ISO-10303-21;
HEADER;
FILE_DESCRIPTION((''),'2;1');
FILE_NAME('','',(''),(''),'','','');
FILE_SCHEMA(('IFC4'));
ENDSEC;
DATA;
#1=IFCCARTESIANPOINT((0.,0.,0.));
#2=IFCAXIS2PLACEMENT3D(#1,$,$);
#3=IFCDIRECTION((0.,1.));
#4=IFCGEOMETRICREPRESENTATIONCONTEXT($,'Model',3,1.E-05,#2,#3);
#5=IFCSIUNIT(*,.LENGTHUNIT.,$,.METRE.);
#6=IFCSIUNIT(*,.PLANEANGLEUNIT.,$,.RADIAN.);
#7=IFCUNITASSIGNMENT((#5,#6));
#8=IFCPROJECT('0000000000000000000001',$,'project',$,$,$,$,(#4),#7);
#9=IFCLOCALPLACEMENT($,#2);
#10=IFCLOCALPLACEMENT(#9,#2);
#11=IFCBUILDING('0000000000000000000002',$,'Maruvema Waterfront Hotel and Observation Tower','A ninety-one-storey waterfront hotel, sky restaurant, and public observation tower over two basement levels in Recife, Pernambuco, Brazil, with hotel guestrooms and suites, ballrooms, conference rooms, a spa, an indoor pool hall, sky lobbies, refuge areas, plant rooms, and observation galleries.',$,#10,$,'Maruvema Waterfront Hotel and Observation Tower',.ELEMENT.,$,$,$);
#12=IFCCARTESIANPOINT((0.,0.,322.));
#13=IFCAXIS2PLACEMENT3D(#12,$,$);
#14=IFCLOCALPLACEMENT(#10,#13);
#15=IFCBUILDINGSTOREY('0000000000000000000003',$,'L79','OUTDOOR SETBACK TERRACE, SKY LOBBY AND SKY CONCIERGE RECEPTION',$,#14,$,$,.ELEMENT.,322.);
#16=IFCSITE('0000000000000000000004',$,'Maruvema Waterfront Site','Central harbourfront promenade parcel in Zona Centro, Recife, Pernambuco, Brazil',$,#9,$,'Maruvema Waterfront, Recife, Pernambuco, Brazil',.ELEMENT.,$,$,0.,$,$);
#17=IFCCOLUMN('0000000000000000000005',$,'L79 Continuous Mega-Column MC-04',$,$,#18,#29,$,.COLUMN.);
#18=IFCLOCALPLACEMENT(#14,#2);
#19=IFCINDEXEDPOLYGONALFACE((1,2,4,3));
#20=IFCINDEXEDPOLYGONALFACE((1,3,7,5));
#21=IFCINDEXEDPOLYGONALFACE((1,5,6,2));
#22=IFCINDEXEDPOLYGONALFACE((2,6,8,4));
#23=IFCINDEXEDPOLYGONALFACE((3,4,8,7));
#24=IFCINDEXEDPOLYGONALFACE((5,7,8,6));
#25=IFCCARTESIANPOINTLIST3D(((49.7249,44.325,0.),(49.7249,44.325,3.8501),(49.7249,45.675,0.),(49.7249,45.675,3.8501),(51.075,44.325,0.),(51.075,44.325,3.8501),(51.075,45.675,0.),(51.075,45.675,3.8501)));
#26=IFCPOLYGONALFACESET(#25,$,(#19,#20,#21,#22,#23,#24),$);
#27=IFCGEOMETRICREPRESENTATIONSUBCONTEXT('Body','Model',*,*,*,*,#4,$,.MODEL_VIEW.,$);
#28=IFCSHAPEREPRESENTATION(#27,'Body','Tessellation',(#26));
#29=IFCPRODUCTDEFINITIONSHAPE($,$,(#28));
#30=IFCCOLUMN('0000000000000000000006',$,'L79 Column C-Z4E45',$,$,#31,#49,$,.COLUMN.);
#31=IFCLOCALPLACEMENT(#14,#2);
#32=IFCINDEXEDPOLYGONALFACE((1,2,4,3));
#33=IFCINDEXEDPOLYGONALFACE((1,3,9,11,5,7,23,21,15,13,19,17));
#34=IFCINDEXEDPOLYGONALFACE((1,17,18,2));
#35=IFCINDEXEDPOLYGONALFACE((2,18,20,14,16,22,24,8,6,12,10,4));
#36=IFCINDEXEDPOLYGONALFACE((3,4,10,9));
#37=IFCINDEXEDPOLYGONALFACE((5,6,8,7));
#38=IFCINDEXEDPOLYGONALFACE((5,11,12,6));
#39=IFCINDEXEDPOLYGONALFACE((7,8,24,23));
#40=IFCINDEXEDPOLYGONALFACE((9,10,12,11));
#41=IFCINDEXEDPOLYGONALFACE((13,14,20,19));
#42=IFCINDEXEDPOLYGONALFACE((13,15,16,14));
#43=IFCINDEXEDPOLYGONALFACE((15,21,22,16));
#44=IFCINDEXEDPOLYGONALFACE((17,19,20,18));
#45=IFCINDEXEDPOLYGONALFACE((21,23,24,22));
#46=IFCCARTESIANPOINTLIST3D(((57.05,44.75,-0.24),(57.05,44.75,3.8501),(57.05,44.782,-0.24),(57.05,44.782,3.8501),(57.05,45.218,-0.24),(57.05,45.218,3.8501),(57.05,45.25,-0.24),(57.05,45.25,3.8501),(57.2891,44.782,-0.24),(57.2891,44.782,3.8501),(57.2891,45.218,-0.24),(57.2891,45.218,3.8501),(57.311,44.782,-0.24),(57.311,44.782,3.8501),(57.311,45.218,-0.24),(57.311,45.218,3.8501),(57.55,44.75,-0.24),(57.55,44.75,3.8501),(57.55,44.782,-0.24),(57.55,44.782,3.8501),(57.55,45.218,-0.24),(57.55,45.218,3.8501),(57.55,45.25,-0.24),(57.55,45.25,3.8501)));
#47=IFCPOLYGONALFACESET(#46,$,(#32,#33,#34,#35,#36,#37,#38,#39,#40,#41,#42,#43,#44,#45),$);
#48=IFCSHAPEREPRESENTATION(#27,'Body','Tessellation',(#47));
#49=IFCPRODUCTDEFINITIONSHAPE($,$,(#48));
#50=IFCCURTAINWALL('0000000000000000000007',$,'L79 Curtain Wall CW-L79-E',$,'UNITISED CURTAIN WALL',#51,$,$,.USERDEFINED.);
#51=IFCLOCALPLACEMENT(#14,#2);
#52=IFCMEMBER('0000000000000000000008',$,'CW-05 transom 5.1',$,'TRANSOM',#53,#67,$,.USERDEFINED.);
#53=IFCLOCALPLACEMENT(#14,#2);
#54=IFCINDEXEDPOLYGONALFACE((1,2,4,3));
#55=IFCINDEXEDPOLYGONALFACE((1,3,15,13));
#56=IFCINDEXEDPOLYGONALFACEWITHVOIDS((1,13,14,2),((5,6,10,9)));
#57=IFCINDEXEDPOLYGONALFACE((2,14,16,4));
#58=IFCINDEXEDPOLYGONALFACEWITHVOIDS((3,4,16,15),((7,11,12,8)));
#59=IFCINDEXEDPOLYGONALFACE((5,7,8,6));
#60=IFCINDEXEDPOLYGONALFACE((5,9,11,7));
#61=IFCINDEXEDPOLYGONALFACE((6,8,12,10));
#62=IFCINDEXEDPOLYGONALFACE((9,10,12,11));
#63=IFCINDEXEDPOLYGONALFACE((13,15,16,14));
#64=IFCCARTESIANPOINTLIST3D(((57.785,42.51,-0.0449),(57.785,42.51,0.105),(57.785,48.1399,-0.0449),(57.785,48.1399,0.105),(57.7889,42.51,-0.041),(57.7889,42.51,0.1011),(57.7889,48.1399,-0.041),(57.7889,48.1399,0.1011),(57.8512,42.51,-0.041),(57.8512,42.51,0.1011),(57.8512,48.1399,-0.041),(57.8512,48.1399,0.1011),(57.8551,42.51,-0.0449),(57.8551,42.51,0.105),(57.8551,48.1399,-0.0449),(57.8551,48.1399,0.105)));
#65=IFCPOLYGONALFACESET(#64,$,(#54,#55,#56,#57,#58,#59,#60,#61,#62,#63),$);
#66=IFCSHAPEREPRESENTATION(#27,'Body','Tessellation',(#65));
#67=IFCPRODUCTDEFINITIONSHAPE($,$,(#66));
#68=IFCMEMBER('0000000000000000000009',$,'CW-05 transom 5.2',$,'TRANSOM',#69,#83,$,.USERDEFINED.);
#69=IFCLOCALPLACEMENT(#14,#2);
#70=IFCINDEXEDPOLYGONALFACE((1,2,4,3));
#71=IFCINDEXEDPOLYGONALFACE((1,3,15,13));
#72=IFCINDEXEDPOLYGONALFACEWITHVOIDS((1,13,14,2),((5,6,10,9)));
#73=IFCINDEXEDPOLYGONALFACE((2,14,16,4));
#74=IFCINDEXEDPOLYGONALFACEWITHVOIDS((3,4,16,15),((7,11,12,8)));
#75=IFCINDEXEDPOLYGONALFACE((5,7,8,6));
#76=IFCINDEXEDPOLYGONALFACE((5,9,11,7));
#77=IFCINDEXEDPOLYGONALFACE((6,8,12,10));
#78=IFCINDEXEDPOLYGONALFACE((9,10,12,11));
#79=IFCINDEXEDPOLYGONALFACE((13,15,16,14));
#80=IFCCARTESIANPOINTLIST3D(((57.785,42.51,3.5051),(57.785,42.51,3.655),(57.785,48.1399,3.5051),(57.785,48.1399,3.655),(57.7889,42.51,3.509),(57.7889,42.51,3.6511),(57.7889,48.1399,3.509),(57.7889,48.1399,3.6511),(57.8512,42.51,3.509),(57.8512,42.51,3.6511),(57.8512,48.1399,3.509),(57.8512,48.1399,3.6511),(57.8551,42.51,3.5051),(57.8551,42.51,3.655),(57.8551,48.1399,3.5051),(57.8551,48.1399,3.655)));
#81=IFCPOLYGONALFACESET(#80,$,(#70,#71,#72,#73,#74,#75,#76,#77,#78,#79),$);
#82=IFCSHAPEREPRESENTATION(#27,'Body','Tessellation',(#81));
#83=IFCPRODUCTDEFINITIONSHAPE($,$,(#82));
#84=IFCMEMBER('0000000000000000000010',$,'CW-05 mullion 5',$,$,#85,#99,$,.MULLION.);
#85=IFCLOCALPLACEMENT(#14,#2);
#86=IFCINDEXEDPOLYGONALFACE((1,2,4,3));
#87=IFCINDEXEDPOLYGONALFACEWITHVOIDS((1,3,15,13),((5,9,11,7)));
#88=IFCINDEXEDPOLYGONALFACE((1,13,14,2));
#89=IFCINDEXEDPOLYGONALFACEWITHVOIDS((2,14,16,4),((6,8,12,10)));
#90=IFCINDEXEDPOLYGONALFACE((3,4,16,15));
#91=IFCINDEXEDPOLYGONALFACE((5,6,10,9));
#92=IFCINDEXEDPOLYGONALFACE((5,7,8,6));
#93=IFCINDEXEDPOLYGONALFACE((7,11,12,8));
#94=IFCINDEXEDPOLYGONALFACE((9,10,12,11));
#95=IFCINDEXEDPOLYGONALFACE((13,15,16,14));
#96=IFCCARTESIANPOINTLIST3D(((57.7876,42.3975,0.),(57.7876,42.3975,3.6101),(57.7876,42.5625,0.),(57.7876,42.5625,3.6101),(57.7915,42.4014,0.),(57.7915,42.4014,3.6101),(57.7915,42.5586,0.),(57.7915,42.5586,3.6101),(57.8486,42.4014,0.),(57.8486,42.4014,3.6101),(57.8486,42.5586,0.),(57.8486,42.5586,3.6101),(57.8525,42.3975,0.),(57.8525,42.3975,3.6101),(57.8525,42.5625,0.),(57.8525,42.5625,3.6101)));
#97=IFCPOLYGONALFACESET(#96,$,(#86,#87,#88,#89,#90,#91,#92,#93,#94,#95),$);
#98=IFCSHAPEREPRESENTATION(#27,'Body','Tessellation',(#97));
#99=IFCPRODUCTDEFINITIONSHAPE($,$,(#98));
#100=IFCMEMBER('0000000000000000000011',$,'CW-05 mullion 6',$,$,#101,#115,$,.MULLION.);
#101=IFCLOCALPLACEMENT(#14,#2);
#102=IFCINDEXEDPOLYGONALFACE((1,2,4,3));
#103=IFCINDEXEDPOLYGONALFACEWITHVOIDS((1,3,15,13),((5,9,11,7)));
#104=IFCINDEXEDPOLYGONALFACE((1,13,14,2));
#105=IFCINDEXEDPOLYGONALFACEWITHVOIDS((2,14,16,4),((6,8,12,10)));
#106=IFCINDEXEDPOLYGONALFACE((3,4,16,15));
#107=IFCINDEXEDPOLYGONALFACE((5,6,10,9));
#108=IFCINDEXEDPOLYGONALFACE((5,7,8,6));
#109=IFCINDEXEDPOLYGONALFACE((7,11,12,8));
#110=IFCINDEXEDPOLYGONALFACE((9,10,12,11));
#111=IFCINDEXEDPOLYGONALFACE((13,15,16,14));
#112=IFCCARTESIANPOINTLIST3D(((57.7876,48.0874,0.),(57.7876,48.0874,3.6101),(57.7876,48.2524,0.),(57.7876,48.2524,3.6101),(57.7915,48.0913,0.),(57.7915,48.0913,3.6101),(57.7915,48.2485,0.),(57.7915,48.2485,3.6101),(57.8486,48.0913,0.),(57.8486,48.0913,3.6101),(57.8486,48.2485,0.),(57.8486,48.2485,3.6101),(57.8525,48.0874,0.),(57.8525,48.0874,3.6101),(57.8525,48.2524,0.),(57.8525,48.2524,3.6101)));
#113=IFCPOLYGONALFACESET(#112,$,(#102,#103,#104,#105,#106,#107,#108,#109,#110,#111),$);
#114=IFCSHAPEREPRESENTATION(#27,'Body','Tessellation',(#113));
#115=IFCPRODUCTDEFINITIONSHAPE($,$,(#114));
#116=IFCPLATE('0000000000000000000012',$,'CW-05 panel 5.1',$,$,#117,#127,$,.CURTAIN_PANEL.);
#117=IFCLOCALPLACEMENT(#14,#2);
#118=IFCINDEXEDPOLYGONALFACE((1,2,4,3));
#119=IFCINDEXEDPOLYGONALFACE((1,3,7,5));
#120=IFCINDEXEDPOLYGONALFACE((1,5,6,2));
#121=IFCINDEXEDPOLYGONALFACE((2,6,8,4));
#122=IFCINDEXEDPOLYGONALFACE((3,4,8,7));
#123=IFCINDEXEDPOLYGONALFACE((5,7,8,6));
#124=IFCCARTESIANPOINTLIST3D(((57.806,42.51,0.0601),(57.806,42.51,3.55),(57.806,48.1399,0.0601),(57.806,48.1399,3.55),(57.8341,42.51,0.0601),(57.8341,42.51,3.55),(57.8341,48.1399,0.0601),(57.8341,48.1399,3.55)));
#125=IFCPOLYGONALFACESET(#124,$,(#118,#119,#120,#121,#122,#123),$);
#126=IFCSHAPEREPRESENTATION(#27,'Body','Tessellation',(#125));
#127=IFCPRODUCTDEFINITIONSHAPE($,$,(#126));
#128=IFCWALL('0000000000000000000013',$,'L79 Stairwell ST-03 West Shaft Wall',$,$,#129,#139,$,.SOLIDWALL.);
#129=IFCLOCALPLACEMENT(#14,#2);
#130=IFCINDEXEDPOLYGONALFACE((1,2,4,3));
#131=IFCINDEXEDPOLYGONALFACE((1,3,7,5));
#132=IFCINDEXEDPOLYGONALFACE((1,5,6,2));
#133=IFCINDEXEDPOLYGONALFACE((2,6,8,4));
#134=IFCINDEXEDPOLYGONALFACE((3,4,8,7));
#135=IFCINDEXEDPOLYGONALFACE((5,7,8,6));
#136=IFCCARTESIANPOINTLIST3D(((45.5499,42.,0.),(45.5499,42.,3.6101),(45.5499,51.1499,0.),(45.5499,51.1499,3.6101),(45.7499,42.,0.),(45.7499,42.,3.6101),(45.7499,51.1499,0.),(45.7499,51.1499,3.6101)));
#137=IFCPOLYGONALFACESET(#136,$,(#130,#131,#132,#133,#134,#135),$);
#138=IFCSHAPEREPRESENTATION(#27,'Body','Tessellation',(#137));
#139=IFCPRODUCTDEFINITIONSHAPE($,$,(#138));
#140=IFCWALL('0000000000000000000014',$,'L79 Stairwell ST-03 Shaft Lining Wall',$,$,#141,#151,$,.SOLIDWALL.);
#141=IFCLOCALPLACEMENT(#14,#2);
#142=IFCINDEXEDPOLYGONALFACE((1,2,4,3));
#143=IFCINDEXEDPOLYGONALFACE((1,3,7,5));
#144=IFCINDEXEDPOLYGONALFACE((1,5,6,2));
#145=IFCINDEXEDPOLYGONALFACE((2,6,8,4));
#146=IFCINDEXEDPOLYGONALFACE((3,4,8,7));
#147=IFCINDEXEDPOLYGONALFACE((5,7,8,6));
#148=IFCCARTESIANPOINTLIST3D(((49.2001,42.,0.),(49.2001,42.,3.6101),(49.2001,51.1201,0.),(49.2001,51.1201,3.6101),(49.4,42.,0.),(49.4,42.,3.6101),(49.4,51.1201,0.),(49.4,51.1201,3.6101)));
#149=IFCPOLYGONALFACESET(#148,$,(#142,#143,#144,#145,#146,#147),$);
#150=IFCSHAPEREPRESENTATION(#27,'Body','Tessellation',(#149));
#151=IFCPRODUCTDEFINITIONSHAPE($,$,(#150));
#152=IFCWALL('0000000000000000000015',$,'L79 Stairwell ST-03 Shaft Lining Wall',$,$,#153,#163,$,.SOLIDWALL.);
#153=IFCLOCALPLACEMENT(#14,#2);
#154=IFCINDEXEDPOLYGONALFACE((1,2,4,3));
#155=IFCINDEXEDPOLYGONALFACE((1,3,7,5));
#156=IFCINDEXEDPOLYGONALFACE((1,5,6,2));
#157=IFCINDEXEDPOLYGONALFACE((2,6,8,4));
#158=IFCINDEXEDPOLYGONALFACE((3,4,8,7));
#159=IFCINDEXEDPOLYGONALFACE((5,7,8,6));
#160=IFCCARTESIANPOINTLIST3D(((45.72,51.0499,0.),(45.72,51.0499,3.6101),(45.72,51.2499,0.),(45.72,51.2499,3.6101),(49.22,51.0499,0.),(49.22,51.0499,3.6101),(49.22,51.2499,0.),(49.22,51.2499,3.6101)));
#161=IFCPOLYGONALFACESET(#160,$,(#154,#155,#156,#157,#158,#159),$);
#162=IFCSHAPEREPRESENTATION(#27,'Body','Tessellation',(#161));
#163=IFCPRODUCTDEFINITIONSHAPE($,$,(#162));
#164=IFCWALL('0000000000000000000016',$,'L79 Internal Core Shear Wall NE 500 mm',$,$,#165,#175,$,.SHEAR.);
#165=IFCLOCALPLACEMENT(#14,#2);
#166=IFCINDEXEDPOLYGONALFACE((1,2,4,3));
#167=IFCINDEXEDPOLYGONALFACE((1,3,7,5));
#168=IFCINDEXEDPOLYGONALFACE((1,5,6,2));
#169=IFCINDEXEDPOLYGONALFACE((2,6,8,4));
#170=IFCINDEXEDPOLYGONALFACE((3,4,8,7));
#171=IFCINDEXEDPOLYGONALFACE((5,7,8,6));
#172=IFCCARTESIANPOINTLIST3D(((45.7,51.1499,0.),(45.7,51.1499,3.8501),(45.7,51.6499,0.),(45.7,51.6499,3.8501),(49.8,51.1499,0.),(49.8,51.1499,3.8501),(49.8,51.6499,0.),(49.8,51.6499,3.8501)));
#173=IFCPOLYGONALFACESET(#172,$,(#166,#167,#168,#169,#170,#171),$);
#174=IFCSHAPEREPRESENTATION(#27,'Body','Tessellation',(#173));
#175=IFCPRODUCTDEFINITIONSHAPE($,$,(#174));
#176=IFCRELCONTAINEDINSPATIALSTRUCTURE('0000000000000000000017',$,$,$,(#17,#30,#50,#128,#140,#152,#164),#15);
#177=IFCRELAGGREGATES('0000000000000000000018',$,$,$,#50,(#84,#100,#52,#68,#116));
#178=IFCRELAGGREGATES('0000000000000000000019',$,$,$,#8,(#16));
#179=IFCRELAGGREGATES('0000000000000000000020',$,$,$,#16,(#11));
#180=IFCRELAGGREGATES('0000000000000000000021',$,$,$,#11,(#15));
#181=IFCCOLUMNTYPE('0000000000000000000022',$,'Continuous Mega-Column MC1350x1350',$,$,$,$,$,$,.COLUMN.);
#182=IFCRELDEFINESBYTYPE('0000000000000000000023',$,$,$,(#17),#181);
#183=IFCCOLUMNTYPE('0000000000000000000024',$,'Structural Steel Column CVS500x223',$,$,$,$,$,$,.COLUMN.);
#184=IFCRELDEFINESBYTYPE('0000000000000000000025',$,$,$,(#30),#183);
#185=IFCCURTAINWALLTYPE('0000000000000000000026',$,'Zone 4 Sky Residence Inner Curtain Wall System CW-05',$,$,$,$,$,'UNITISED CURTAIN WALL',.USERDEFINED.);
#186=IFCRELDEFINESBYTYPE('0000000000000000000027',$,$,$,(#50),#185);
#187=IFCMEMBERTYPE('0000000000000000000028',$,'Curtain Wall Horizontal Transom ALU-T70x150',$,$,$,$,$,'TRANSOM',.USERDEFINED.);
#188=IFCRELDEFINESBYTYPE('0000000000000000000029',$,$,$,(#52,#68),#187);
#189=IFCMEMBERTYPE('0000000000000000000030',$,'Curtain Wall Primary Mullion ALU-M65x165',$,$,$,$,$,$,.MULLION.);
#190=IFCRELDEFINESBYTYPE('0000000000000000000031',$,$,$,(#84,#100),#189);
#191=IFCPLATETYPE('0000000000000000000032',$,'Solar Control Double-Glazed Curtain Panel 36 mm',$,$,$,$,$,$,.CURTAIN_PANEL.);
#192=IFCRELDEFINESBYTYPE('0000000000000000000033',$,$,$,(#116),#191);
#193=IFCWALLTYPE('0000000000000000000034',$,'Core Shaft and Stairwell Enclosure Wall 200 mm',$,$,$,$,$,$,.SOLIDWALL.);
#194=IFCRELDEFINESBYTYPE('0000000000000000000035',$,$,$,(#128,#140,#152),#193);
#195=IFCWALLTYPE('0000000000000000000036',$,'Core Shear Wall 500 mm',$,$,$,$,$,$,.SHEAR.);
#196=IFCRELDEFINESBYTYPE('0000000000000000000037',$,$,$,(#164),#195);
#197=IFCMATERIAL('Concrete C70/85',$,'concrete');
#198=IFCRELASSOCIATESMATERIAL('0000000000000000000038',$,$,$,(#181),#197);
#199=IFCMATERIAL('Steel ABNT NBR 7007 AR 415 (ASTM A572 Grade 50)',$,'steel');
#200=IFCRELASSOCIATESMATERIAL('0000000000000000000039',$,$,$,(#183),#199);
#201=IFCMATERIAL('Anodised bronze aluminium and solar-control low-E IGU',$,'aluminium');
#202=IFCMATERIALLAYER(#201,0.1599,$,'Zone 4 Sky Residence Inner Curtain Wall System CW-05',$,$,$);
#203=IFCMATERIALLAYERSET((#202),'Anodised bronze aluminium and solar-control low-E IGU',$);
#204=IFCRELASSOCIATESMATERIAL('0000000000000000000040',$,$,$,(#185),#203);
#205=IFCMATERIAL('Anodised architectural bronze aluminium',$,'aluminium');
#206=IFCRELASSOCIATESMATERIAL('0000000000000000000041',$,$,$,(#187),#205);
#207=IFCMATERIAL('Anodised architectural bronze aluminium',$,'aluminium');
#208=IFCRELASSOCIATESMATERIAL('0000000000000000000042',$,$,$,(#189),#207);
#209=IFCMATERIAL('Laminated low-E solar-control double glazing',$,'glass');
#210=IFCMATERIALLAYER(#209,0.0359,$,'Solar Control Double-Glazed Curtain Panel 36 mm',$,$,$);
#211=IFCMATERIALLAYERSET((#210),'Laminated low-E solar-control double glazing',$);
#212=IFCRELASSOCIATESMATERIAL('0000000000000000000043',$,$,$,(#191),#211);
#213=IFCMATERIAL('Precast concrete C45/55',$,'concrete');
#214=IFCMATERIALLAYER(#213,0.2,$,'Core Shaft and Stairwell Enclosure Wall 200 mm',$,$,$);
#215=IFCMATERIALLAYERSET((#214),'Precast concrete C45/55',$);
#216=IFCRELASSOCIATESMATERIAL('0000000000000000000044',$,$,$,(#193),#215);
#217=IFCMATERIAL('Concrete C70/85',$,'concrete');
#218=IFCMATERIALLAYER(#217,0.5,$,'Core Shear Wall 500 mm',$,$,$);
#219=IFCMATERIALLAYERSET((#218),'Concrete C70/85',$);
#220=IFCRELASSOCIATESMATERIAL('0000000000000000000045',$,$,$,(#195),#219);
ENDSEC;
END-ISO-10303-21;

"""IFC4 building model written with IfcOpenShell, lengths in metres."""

from ifc_helpers import new_model, si_unit, direction, frame, frame_2d, origin, origin_2d, place, context, subcontext, project, spatial, rectangle, hollow_rectangle, i_section, extrude, material, layer, layer_set, material_profile, profile_set, type_object, element, aggregate, save


model = new_model("IFC4")

# Units and contexts
model_context = context("Model", 3, precision=1e-05, world=origin(), true_north=direction((0.0, 1.0)))
body_context = subcontext(model_context, "Body", "Model", "MODEL_VIEW")
ifc_project = project(units=[si_unit("LENGTHUNIT", "METRE"), si_unit("PLANEANGLEUNIT", "RADIAN")], contexts=[model_context])

# Site, building, storey
site_placement = place(None, origin())
site = spatial("IfcSite", under=ifc_project, at=site_placement, Name="Maruvema Waterfront Site", Description="Central harbourfront promenade parcel in Zona Centro, Recife, Pernambuco, Brazil", LongName="Maruvema Waterfront, Recife, Pernambuco, Brazil", CompositionType="ELEMENT", RefElevation=0.0)
building_placement = place(site_placement, origin())
building = spatial("IfcBuilding", under=site, at=building_placement, Name="Maruvema Waterfront Hotel and Observation Tower", Description="A ninety-one-storey waterfront hotel, sky restaurant, and public observation tower over two basement levels in Recife, Pernambuco, Brazil, with hotel guestrooms and suites, ballrooms, conference rooms, a spa, an indoor pool hall, sky lobbies, refuge areas, plant rooms, and observation galleries.", LongName="Maruvema Waterfront Hotel and Observation Tower", CompositionType="ELEMENT")
storey_placement = place(building_placement, frame((0.0, 0.0, 322.0)))
storey = spatial("IfcBuildingStorey", under=building, at=storey_placement, Name="L79", Description="OUTDOOR SETBACK TERRACE, SKY LOBBY AND SKY CONCIERGE RECEPTION", CompositionType="ELEMENT", Elevation=322.0)

# Columns
ifc_material_1 = material(Name="Concrete C70/85", Category="concrete")
ifc_material_profile_1 = material_profile(ifc_material_1, rectangle(XDim=1.3501, YDim=1.3501, at=origin_2d()), Name="MC1350x1350")
ifc_profile_set_1 = profile_set([ifc_material_profile_1], Name="Concrete C70/85")
column_type_1 = type_object("IfcColumnType", Name="Continuous Mega-Column MC1350x1350", PredefinedType="COLUMN", material=ifc_profile_set_1)
column_1_placement = place(storey_placement, frame((50.3999, 45.0, 0.0), z_axis=(0.0, 0.0, 1.0), x_axis=(1.0, 0.0, 0.0)))
element("IfcColumn", 1, at=column_1_placement, inside=storey, type_object=column_type_1, Name="L79 Continuous Mega-Column MC-04", PredefinedType="COLUMN", context=body_context, shape_type="SweptSolid", body=[
    extrude(rectangle(XDim=1.3501, YDim=1.3501, at=origin_2d()), origin(), (0.0, 0.0, 1.0), 3.8501),
])
ifc_material_2 = material(Name="Steel ABNT NBR 7007 AR 415 (ASTM A572 Grade 50)", Category="steel")
ifc_material_profile_2 = material_profile(ifc_material_2, i_section(OverallWidth=0.5, OverallDepth=0.5, WebThickness=0.022, FlangeThickness=0.032, at=origin_2d()), Name="CVS500x223")
ifc_profile_set_2 = profile_set([ifc_material_profile_2], Name="Steel ABNT NBR 7007 AR 415 (ASTM A572 Grade 50)")
column_type_2 = type_object("IfcColumnType", Name="Structural Steel Column CVS500x223", PredefinedType="COLUMN", material=ifc_profile_set_2)
column_2_placement = place(storey_placement, frame((57.3, 45.0, -0.24), z_axis=(0.0, 0.0, 1.0), x_axis=(1.0, 0.0, 0.0)))
element("IfcColumn", 2, at=column_2_placement, inside=storey, type_object=column_type_2, Name="L79 Column C-Z4E45", PredefinedType="COLUMN", context=body_context, shape_type="SweptSolid", body=[
    extrude(i_section(OverallWidth=0.5, OverallDepth=0.5, WebThickness=0.022, FlangeThickness=0.032, at=origin_2d()), origin(), (0.0, 0.0, 1.0), 4.0901),
])

# Curtain wall, members, plate
ifc_material_3 = material(Name="Anodised bronze aluminium and solar-control low-E IGU", Category="aluminium")
ifc_layer_1 = layer(ifc_material_3, 0.1599, Name="Zone 4 Sky Residence Inner Curtain Wall System CW-05")
ifc_layer_set_1 = layer_set([ifc_layer_1], Name="Anodised bronze aluminium and solar-control low-E IGU")
curtain_wall_type = type_object("IfcCurtainWallType", Name="Zone 4 Sky Residence Inner Curtain Wall System CW-05", ElementType="UNITISED CURTAIN WALL", PredefinedType="USERDEFINED", material=ifc_layer_set_1)
curtain_wall_placement = place(storey_placement, origin())
curtain_wall = element("IfcCurtainWall", 3, at=curtain_wall_placement, inside=storey, type_object=curtain_wall_type, Name="L79 Curtain Wall CW-L79-E", ObjectType="UNITISED CURTAIN WALL", PredefinedType="USERDEFINED")
ifc_material_4 = material(Name="Anodised architectural bronze aluminium", Category="aluminium")
ifc_material_profile_3 = material_profile(ifc_material_4, hollow_rectangle(XDim=0.0701, YDim=0.1499, WallThickness=0.0039, at=origin_2d()), Name="ALU-T70x150")
ifc_profile_set_3 = profile_set([ifc_material_profile_3], Name="Anodised architectural bronze aluminium")
member_type_1 = type_object("IfcMemberType", Name="Curtain Wall Horizontal Transom ALU-T70x150", ElementType="TRANSOM", PredefinedType="USERDEFINED", material=ifc_profile_set_3)
member_1_placement = place(storey_placement, frame((57.8201, 42.51, 0.03), z_axis=(0.0, 1.0, 0.0), x_axis=(-1.0, 0.0, 0.0)))
member_1 = element("IfcMember", 4, at=member_1_placement, type_object=member_type_1, Name="CW-05 transom 5.1", ObjectType="TRANSOM", PredefinedType="USERDEFINED", context=body_context, shape_type="SweptSolid", body=[
    extrude(hollow_rectangle(XDim=0.0701, YDim=0.1499, WallThickness=0.0039, at=origin_2d()), origin(), (0.0, 0.0, 1.0), 5.6299),
])
member_2_placement = place(storey_placement, frame((57.8201, 42.51, 3.5801), z_axis=(0.0, 1.0, 0.0), x_axis=(-1.0, 0.0, 0.0)))
member_2 = element("IfcMember", 5, at=member_2_placement, type_object=member_type_1, Name="CW-05 transom 5.2", ObjectType="TRANSOM", PredefinedType="USERDEFINED", context=body_context, shape_type="SweptSolid", body=[
    extrude(hollow_rectangle(XDim=0.0701, YDim=0.1499, WallThickness=0.0039, at=origin_2d()), origin(), (0.0, 0.0, 1.0), 5.6299),
])
ifc_material_5 = material(Name="Anodised architectural bronze aluminium", Category="aluminium")
ifc_material_profile_4 = material_profile(ifc_material_5, hollow_rectangle(XDim=0.0649, YDim=0.165, WallThickness=0.0039, at=origin_2d()), Name="ALU-M65x165")
ifc_profile_set_4 = profile_set([ifc_material_profile_4], Name="Anodised architectural bronze aluminium")
member_type_2 = type_object("IfcMemberType", Name="Curtain Wall Primary Mullion ALU-M65x165", PredefinedType="MULLION", material=ifc_profile_set_4)
member_3_placement = place(storey_placement, frame((57.8201, 42.48, 0.0), z_axis=(0.0, 0.0, 1.0), x_axis=(-1.0, 0.0, 0.0)))
member_3 = element("IfcMember", 6, at=member_3_placement, type_object=member_type_2, Name="CW-05 mullion 5", PredefinedType="MULLION", context=body_context, shape_type="SweptSolid", body=[
    extrude(hollow_rectangle(XDim=0.0649, YDim=0.165, WallThickness=0.0039, at=origin_2d()), origin(), (0.0, 0.0, 1.0), 3.6101),
])
member_4_placement = place(storey_placement, frame((57.8201, 48.1699, 0.0), z_axis=(0.0, 0.0, 1.0), x_axis=(-1.0, 0.0, 0.0)))
member_4 = element("IfcMember", 7, at=member_4_placement, type_object=member_type_2, Name="CW-05 mullion 6", PredefinedType="MULLION", context=body_context, shape_type="SweptSolid", body=[
    extrude(hollow_rectangle(XDim=0.0649, YDim=0.165, WallThickness=0.0039, at=origin_2d()), origin(), (0.0, 0.0, 1.0), 3.6101),
])
ifc_material_6 = material(Name="Laminated low-E solar-control double glazing", Category="glass")
ifc_layer_2 = layer(ifc_material_6, 0.0359, Name="Solar Control Double-Glazed Curtain Panel 36 mm")
ifc_layer_set_2 = layer_set([ifc_layer_2], Name="Laminated low-E solar-control double glazing")
plate_type = type_object("IfcPlateType", Name="Solar Control Double-Glazed Curtain Panel 36 mm", PredefinedType="CURTAIN_PANEL", material=ifc_layer_set_2)
plate_placement = place(storey_placement, frame((57.8201, 45.325, 0.0601), z_axis=(0.0, 0.0, 1.0), x_axis=(0.0, 1.0, 0.0)))
plate = element("IfcPlate", 8, at=plate_placement, type_object=plate_type, Name="CW-05 panel 5.1", PredefinedType="CURTAIN_PANEL", context=body_context, shape_type="SweptSolid", body=[
    extrude(rectangle(XDim=5.6299, YDim=0.0281, at=origin_2d()), origin(), (0.0, 0.0, 1.0), 3.49),
])
aggregate(curtain_wall, [member_3, member_4, member_1, member_2, plate])

# Walls
ifc_material_7 = material(Name="Precast concrete C45/55", Category="concrete")
ifc_layer_3 = layer(ifc_material_7, 0.2, Name="Core Shaft and Stairwell Enclosure Wall 200 mm")
ifc_layer_set_3 = layer_set([ifc_layer_3], Name="Precast concrete C45/55")
wall_type_1 = type_object("IfcWallType", Name="Core Shaft and Stairwell Enclosure Wall 200 mm", PredefinedType="SOLIDWALL", material=ifc_layer_set_3)
wall_1_placement = place(storey_placement, frame((45.6499, 42.0, 0.0), z_axis=(0.0, 0.0, 1.0), x_axis=(0.0, 1.0, 0.0)))
element("IfcWall", 9, at=wall_1_placement, inside=storey, type_object=wall_type_1, Name="L79 Stairwell ST-03 West Shaft Wall", PredefinedType="SOLIDWALL", context=body_context, shape_type="SweptSolid", body=[
    extrude(rectangle(XDim=9.1499, YDim=0.2, at=frame_2d((4.575, 0.0))), origin(), (0.0, 0.0, 1.0), 3.6101),
])
wall_2_placement = place(storey_placement, frame((49.3, 42.0, 0.0), z_axis=(0.0, 0.0, 1.0), x_axis=(0.0, 1.0, 0.0)))
element("IfcWall", 10, at=wall_2_placement, inside=storey, type_object=wall_type_1, Name="L79 Stairwell ST-03 Shaft Lining Wall", PredefinedType="SOLIDWALL", context=body_context, shape_type="SweptSolid", body=[
    extrude(rectangle(XDim=9.1201, YDim=0.2, at=frame_2d((4.5601, 0.0))), origin(), (0.0, 0.0, 1.0), 3.6101),
])
wall_3_placement = place(storey_placement, frame((45.72, 51.1499, 0.0), z_axis=(0.0, 0.0, 1.0), x_axis=(1.0, 0.0, 0.0)))
element("IfcWall", 11, at=wall_3_placement, inside=storey, type_object=wall_type_1, Name="L79 Stairwell ST-03 Shaft Lining Wall", PredefinedType="SOLIDWALL", context=body_context, shape_type="SweptSolid", body=[
    extrude(rectangle(XDim=3.5, YDim=0.2, at=frame_2d((1.75, 0.0))), origin(), (0.0, 0.0, 1.0), 3.6101),
])
ifc_material_8 = material(Name="Concrete C70/85", Category="concrete")
ifc_layer_4 = layer(ifc_material_8, 0.5, Name="Core Shear Wall 500 mm")
ifc_layer_set_4 = layer_set([ifc_layer_4], Name="Concrete C70/85")
wall_type_2 = type_object("IfcWallType", Name="Core Shear Wall 500 mm", PredefinedType="SHEAR", material=ifc_layer_set_4)
wall_4_placement = place(storey_placement, frame((45.7, 51.3999, 0.0), z_axis=(0.0, 0.0, 1.0), x_axis=(1.0, 0.0, 0.0)))
element("IfcWall", 12, at=wall_4_placement, inside=storey, type_object=wall_type_2, Name="L79 Internal Core Shear Wall NE 500 mm", PredefinedType="SHEAR", context=body_context, shape_type="SweptSolid", body=[
    extrude(rectangle(XDim=4.1001, YDim=0.5, at=frame_2d((2.05, 0.0))), origin(), (0.0, 0.0, 1.0), 3.8501),
])

save(model, "model.ifc")
